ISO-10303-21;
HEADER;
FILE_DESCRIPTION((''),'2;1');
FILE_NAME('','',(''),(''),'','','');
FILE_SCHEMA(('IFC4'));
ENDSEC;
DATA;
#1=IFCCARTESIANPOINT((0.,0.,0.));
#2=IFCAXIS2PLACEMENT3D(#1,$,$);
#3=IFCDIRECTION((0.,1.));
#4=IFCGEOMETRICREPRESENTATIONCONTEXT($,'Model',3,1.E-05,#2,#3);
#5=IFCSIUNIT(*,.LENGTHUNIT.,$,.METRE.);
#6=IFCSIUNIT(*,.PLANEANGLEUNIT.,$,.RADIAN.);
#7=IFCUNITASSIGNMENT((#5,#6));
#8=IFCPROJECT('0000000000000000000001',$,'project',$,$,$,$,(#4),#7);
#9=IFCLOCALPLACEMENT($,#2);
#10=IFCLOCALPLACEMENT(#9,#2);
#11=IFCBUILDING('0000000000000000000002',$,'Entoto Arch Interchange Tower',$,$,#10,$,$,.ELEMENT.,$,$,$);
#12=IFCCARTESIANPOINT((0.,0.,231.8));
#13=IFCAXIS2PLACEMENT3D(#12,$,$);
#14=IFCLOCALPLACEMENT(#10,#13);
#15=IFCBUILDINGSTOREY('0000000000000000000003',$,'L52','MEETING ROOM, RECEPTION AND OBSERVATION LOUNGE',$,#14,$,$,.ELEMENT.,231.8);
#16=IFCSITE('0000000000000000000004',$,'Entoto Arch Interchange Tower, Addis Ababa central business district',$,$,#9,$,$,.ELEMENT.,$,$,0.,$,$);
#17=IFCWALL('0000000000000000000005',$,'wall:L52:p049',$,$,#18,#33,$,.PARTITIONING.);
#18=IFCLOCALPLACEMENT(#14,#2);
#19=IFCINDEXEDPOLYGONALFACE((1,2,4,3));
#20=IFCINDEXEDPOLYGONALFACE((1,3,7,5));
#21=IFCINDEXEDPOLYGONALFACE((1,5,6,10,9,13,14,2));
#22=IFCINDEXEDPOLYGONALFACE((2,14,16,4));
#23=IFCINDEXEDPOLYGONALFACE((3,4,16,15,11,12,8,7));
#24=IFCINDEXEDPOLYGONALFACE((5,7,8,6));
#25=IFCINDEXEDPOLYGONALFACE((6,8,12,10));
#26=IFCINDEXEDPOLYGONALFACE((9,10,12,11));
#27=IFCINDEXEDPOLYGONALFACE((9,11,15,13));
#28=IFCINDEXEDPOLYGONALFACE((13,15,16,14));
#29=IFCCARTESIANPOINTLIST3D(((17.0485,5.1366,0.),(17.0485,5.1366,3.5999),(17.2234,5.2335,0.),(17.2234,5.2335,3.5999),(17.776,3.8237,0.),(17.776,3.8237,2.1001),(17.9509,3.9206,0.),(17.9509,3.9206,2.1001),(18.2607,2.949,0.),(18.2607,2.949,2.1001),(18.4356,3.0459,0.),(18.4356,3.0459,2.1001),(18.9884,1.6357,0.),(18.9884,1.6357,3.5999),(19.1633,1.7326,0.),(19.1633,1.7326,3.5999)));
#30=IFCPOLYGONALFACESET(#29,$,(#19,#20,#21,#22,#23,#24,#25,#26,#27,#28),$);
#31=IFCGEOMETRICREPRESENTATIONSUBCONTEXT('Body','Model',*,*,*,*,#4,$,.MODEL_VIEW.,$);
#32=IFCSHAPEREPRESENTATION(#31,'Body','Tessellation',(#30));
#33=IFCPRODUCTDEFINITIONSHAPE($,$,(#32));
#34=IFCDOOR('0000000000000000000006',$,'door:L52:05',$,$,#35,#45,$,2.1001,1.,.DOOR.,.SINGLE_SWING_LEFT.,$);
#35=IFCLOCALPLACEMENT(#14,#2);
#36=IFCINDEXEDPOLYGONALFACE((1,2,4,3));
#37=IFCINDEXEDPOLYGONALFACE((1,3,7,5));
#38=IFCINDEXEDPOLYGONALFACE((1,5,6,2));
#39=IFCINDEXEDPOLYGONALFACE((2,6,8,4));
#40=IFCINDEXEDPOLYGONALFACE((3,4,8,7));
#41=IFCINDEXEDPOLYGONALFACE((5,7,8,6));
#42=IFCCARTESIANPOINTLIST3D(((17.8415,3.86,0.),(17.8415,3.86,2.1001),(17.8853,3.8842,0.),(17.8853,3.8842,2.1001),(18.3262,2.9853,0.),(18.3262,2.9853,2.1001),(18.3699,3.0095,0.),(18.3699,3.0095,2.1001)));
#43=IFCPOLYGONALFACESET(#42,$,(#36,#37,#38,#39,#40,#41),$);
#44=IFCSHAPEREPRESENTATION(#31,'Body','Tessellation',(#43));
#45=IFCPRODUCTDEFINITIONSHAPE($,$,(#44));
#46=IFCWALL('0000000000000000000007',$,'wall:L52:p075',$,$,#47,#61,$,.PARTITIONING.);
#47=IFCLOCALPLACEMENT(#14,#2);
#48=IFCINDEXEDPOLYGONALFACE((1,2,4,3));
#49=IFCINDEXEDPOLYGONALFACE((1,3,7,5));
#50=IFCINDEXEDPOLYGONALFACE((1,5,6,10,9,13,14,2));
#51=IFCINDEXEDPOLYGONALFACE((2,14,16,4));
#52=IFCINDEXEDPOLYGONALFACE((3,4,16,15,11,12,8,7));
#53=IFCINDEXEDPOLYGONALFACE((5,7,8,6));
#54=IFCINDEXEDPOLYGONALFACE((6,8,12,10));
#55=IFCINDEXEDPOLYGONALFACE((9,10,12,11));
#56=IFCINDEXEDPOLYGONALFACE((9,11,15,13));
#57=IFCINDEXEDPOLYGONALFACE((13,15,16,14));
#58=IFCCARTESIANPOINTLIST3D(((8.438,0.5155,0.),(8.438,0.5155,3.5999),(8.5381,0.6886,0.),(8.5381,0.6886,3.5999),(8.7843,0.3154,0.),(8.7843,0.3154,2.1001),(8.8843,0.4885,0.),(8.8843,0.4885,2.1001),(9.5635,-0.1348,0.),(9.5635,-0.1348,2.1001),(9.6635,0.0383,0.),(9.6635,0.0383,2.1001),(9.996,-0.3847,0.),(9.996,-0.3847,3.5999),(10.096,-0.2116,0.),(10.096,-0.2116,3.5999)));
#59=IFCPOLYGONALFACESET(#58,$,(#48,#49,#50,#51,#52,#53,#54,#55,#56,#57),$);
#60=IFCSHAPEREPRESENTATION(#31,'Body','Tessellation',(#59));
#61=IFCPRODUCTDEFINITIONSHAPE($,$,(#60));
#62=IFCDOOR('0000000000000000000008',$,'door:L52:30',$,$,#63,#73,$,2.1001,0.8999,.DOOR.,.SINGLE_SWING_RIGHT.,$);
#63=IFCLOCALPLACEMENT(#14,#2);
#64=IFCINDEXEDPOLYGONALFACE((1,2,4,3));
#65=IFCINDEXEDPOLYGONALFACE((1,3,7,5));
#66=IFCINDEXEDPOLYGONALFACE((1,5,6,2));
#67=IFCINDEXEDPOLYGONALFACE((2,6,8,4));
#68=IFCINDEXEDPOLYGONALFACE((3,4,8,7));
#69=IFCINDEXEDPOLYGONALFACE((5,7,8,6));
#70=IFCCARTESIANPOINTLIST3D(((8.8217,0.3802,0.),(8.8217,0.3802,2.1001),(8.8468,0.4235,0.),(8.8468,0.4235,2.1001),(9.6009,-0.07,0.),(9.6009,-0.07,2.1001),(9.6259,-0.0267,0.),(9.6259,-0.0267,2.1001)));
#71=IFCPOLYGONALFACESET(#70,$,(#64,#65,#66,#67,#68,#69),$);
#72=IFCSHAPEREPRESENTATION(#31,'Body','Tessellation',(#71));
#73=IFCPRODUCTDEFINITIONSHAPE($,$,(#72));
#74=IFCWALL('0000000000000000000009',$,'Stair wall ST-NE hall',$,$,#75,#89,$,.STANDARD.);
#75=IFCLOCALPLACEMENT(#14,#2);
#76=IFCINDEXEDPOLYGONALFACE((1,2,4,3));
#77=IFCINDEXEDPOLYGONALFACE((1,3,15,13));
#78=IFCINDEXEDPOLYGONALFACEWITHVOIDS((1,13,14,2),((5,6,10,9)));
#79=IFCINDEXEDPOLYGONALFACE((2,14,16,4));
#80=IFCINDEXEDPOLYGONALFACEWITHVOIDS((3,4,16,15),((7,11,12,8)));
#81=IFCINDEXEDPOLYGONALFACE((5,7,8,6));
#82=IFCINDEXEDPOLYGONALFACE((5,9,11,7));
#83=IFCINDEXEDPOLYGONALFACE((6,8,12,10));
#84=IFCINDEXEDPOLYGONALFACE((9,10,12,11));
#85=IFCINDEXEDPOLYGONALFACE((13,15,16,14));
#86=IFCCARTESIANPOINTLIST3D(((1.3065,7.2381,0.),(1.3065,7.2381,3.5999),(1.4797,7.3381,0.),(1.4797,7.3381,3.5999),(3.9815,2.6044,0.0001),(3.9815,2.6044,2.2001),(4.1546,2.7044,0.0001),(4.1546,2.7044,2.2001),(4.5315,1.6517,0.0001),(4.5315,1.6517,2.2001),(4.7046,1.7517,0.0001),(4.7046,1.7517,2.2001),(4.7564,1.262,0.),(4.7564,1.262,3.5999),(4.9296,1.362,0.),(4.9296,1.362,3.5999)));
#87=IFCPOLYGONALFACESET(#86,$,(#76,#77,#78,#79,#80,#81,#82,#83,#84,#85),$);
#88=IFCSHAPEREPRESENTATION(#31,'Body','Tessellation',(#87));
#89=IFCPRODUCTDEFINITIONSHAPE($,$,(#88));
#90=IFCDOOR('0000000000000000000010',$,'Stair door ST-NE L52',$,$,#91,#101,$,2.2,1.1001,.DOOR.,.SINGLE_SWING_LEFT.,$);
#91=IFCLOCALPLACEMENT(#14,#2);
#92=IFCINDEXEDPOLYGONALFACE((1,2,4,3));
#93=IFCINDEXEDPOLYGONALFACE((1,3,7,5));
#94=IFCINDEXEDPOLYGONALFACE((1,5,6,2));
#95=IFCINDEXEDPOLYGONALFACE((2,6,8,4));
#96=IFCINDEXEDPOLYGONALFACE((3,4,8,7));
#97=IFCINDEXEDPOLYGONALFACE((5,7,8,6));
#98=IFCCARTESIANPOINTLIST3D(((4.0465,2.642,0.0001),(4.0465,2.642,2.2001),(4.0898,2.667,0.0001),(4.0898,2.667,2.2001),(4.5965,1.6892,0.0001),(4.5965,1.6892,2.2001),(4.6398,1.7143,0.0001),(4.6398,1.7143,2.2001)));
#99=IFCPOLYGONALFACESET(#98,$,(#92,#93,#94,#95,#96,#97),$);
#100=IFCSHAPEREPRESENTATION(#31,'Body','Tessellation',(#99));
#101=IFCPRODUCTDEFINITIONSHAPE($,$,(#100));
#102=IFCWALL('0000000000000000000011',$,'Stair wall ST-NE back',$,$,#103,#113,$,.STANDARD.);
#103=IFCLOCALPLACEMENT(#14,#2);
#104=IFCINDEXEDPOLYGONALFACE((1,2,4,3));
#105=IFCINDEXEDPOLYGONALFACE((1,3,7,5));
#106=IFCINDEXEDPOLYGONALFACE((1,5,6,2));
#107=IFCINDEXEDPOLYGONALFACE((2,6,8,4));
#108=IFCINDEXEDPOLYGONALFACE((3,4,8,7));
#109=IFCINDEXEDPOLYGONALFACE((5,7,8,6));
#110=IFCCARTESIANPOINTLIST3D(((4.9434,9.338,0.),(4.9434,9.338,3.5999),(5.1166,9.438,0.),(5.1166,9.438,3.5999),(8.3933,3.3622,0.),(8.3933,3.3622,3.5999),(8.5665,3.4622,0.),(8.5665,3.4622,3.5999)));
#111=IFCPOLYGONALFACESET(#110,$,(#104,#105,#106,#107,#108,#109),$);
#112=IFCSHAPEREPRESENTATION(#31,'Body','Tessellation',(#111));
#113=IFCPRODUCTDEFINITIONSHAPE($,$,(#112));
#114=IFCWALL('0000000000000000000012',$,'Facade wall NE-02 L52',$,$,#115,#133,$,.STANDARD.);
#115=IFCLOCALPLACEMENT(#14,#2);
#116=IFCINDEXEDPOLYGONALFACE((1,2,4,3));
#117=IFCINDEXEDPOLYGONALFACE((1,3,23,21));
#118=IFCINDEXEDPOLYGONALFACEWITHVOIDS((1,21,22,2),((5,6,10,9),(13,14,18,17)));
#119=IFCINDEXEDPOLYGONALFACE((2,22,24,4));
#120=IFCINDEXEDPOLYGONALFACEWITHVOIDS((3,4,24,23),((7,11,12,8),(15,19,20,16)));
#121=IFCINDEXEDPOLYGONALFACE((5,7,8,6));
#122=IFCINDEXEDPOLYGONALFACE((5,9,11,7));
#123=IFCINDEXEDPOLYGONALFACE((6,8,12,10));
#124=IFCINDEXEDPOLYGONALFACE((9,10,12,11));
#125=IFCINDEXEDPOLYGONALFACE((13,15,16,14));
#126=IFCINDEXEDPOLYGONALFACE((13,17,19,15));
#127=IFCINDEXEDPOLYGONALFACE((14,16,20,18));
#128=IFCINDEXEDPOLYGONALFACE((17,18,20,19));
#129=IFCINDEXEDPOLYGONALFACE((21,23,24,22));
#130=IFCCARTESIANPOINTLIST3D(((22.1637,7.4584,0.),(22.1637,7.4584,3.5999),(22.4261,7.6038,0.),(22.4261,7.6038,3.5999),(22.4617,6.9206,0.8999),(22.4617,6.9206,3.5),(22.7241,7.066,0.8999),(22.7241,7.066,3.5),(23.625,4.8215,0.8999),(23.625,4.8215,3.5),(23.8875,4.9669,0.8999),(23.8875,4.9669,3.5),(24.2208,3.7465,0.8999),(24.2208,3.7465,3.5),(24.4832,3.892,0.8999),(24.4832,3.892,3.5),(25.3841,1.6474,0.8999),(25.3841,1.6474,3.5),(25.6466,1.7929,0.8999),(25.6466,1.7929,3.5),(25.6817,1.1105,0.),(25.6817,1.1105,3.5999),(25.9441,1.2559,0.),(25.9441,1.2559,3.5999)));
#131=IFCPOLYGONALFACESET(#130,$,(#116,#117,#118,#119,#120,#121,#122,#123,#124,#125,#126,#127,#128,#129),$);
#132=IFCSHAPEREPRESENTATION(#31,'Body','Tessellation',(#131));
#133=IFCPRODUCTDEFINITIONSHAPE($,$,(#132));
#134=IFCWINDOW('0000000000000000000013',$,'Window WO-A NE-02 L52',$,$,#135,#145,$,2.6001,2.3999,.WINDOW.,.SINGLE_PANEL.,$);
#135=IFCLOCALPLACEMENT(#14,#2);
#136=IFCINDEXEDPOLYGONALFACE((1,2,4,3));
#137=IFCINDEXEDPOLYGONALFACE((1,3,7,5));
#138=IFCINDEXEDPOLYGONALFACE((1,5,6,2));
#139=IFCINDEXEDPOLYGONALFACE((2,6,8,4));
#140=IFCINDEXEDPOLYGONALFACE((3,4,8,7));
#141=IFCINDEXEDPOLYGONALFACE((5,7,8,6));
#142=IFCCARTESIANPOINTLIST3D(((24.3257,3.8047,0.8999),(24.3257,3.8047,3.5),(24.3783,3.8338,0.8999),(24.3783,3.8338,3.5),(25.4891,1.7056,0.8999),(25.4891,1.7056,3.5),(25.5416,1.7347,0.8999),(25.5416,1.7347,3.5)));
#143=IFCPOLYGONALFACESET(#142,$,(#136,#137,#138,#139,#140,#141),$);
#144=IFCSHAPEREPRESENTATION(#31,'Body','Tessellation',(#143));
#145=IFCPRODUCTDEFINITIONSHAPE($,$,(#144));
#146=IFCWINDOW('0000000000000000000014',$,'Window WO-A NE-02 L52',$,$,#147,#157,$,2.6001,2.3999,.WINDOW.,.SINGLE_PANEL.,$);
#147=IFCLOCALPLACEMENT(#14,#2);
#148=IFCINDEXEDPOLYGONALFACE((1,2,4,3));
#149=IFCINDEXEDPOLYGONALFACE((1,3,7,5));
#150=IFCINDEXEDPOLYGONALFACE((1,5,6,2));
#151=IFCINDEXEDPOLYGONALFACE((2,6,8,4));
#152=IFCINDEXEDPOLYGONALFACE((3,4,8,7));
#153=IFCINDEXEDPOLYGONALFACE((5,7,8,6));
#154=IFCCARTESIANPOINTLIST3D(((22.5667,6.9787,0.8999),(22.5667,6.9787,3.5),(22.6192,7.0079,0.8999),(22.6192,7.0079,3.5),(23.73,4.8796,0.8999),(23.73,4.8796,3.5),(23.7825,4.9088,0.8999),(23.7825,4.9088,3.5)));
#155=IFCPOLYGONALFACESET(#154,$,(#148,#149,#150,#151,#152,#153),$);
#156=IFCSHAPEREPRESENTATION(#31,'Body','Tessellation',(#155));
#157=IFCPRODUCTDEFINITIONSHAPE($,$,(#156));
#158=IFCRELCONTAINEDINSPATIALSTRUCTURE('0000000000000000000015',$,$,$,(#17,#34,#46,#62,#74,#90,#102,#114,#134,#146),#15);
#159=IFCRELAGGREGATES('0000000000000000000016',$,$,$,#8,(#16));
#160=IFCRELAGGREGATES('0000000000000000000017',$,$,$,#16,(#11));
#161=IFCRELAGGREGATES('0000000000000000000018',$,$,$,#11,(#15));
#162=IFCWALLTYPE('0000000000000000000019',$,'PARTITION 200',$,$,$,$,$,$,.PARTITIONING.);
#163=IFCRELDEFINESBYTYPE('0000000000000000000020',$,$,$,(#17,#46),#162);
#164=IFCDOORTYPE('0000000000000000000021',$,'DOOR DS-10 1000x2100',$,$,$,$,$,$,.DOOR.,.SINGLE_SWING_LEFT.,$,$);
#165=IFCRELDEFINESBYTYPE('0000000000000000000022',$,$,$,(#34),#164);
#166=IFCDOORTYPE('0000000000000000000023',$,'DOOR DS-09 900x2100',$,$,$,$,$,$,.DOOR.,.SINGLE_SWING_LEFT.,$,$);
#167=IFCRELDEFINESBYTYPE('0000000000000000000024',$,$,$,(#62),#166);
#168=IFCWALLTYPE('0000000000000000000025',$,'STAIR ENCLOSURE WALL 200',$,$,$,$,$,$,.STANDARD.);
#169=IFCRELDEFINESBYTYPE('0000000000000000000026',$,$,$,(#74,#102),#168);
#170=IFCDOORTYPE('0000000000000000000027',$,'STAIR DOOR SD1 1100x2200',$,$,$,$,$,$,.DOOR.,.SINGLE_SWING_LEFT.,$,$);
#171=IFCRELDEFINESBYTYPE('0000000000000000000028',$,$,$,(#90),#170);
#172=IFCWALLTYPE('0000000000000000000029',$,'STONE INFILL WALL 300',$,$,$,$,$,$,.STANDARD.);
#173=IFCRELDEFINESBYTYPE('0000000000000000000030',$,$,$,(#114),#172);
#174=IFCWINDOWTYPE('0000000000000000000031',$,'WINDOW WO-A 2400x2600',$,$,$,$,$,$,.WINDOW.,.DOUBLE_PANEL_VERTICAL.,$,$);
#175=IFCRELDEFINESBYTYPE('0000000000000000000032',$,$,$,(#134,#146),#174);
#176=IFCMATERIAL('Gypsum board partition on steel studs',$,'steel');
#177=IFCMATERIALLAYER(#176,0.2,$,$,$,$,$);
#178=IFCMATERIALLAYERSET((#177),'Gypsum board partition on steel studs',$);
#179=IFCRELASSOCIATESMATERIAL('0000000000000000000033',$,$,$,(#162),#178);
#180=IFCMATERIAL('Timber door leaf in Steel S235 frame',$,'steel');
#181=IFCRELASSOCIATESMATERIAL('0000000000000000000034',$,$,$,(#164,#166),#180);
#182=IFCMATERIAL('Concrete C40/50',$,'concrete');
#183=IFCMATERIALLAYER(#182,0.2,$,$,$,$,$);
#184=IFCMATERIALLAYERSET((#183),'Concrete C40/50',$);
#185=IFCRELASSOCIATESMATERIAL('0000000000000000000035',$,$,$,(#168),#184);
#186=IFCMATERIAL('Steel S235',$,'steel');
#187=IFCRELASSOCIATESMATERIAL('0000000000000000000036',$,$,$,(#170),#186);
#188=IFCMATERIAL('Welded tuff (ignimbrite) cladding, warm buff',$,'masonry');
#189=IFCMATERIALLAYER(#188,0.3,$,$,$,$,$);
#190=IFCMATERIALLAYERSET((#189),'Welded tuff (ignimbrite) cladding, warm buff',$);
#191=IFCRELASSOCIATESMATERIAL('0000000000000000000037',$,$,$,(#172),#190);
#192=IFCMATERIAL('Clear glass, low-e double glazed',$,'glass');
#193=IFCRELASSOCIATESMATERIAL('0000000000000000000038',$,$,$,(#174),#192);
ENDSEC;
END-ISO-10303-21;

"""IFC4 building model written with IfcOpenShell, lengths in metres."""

from ifc_helpers import new_model, si_unit, direction, frame, frame_2d, origin, place, context, subcontext, project, spatial, rectangle, extrude, material, layer, layer_set, type_object, element, fill, save


model = new_model("IFC4")

# Units and contexts
model_context = context("Model", 3, precision=1e-05, world=origin(), true_north=direction((0.0, 1.0)))
body_context = subcontext(model_context, "Body", "Model", "MODEL_VIEW")
ifc_project = project(units=[si_unit("LENGTHUNIT", "METRE"), si_unit("PLANEANGLEUNIT", "RADIAN")], contexts=[model_context])

# Site, building, storey
site_placement = place(None, origin())
site = spatial("IfcSite", under=ifc_project, at=site_placement, Name="Entoto Arch Interchange Tower, Addis Ababa central business district", CompositionType="ELEMENT", RefElevation=0.0)
building_placement = place(site_placement, origin())
building = spatial("IfcBuilding", under=site, at=building_placement, Name="Entoto Arch Interchange Tower", CompositionType="ELEMENT")
storey_placement = place(building_placement, frame((0.0, 0.0, 231.8)))
storey = spatial("IfcBuildingStorey", under=building, at=storey_placement, Name="L52", Description="MEETING ROOM, RECEPTION AND OBSERVATION LOUNGE", CompositionType="ELEMENT", Elevation=231.8)

# Shared definitions
ifc_material_1 = material(Name="Concrete C40/50", Category="concrete")
ifc_material_2 = material(Name="Gypsum board partition on steel studs", Category="steel")

# Shared definitions
ifc_layer_1 = layer(ifc_material_2, 0.2)
ifc_layer_set_1 = layer_set([ifc_layer_1], Name="Gypsum board partition on steel studs")
wall_type_1 = type_object("IfcWallType", Name="PARTITION 200", PredefinedType="PARTITIONING", material=ifc_layer_set_1)
ifc_material_3 = material(Name="Timber door leaf in Steel S235 frame", Category="steel")
door_type_1 = type_object("IfcDoorType", Name="DOOR DS-10 1000x2100", OperationType="SINGLE_SWING_LEFT", PredefinedType="DOOR", material=ifc_material_3)

# Walls, openings, doors
wall_1_placement = place(storey_placement, frame((17.136, 5.1851, 0.0), z_axis=(0.0, 0.0, 1.0), x_axis=(0.484679, -0.874692, 0.0)))
wall_1 = element("IfcWall", 1, at=wall_1_placement, inside=storey, type_object=wall_type_1, Name="wall:L52:p049", PredefinedType="PARTITIONING", context=body_context, shape_type="SweptSolid", body=[
    extrude(rectangle(XDim=4.0024, YDim=0.2, at=frame_2d((2.0012, 0.0))), origin(), (0.0, 0.0, 1.0), 3.5999),
])
opening_1_placement = place(wall_1_placement, frame((1.501, 0.0, 0.0)))
opening_1 = element("IfcOpeningElement", 2, at=opening_1_placement, cuts=wall_1, PredefinedType="OPENING", context=body_context, shape_type="SweptSolid", body=[
    extrude(rectangle(XDim=1.0, YDim=2.1001, at=frame_2d((0.5, 1.05))), frame((0.0, 0.1099, 0.0), z_axis=(0.0, -1.0, 0.0), x_axis=(1.0, 0.0, 0.0)), (0.0, 0.0, 1.0), 0.22),
])
door_1_placement = place(opening_1_placement, origin())
door_1 = element("IfcDoor", 3, at=door_1_placement, inside=storey, type_object=door_type_1, Name="door:L52:05", OperationType="SINGLE_SWING_LEFT", OverallHeight=2.1001, OverallWidth=1.0, PredefinedType="DOOR", context=body_context, shape_type="SweptSolid", body=[
    extrude(rectangle(XDim=1.0, YDim=2.1001, at=frame_2d((0.5, 1.05))), frame((0.0, 0.0249, 0.0), z_axis=(0.0, -1.0, 0.0), x_axis=(1.0, 0.0, 0.0)), (0.0, 0.0, 1.0), 0.05),
])
fill(opening_1, door_1)
wall_2_placement = place(storey_placement, frame((8.488, 0.6021, 0.0), z_axis=(0.0, 0.0, 1.0), x_axis=(0.865853, -0.500298, 0.0)))
wall_2 = element("IfcWall", 4, at=wall_2_placement, inside=storey, type_object=wall_type_1, Name="wall:L52:p075", PredefinedType="PARTITIONING", context=body_context, shape_type="SweptSolid", body=[
    extrude(rectangle(XDim=1.7993, YDim=0.2, at=frame_2d((0.8997, 0.0))), origin(), (0.0, 0.0, 1.0), 3.5999),
])
opening_2_placement = place(wall_2_placement, frame((0.3999, 0.0, 0.0)))
opening_2 = element("IfcOpeningElement", 5, at=opening_2_placement, cuts=wall_2, PredefinedType="OPENING", context=body_context, shape_type="SweptSolid", body=[
    extrude(rectangle(XDim=0.8999, YDim=2.1001, at=frame_2d((0.45, 1.05))), frame((0.0, 0.1099, 0.0), z_axis=(0.0, -1.0, 0.0), x_axis=(1.0, 0.0, 0.0)), (0.0, 0.0, 1.0), 0.22),
])
door_type_2 = type_object("IfcDoorType", Name="DOOR DS-09 900x2100", OperationType="SINGLE_SWING_LEFT", PredefinedType="DOOR", material=ifc_material_3)
door_2_placement = place(opening_2_placement, origin())
door_2 = element("IfcDoor", 6, at=door_2_placement, inside=storey, type_object=door_type_2, Name="door:L52:30", OperationType="SINGLE_SWING_RIGHT", OverallHeight=2.1001, OverallWidth=0.8999, PredefinedType="DOOR", context=body_context, shape_type="SweptSolid", body=[
    extrude(rectangle(XDim=0.8999, YDim=2.1001, at=frame_2d((0.45, 1.05))), frame((0.0, 0.0249, 0.0), z_axis=(0.0, -1.0, 0.0), x_axis=(1.0, 0.0, 0.0)), (0.0, 0.0, 1.0), 0.05),
])
fill(opening_2, door_2)
ifc_layer_2 = layer(ifc_material_1, 0.2)
ifc_layer_set_2 = layer_set([ifc_layer_2], Name="Concrete C40/50")
wall_type_2 = type_object("IfcWallType", Name="STAIR ENCLOSURE WALL 200", PredefinedType="STANDARD", material=ifc_layer_set_2)
wall_3_placement = place(storey_placement, frame((4.843, 1.312, 0.0), z_axis=(0.0, 0.0, 1.0), x_axis=(-0.499963, 0.866047, 0.0)))
wall_3 = element("IfcWall", 7, at=wall_3_placement, inside=storey, type_object=wall_type_2, Name="Stair wall ST-NE hall", PredefinedType="STANDARD", context=body_context, shape_type="SweptSolid", body=[
    extrude(rectangle(XDim=6.9004, YDim=0.2, at=frame_2d((3.4502, 0.0))), origin(), (0.0, 0.0, 1.0), 3.5999),
])
opening_3_placement = place(wall_3_placement, frame((0.45, 0.0, 0.0)))
opening_3 = element("IfcOpeningElement", 8, at=opening_3_placement, cuts=wall_3, PredefinedType="OPENING", context=body_context, shape_type="SweptSolid", body=[
    extrude(rectangle(XDim=1.1001, YDim=2.2, at=frame_2d((0.55, 1.1001))), frame((0.0, 0.1099, 0.0), z_axis=(0.0, -1.0, 0.0), x_axis=(1.0, 0.0, 0.0)), (0.0, 0.0, 1.0), 0.22),
])
ifc_material_4 = material(Name="Steel S235", Category="steel")
door_type_3 = type_object("IfcDoorType", Name="STAIR DOOR SD1 1100x2200", OperationType="SINGLE_SWING_LEFT", PredefinedType="DOOR", material=ifc_material_4)
door_3_placement = place(opening_3_placement, origin())
door_3 = element("IfcDoor", 9, at=door_3_placement, inside=storey, type_object=door_type_3, Name="Stair door ST-NE L52", OperationType="SINGLE_SWING_LEFT", OverallHeight=2.2, OverallWidth=1.1001, PredefinedType="DOOR", context=body_context, shape_type="SweptSolid", body=[
    extrude(rectangle(XDim=1.1001, YDim=2.2, at=frame_2d((0.55, 1.1001))), frame((0.0, 0.0249, 0.0), z_axis=(0.0, -1.0, 0.0), x_axis=(1.0, 0.0, 0.0)), (0.0, 0.0, 1.0), 0.05),
])
fill(opening_3, door_3)

# Wall
wall_4_placement = place(storey_placement, frame((8.48, 3.4121, 0.0), z_axis=(0.0, 0.0, 1.0), x_axis=(-0.499979, 0.866038, 0.0)))
element("IfcWall", 10, at=wall_4_placement, inside=storey, type_object=wall_type_2, Name="Stair wall ST-NE back", PredefinedType="STANDARD", context=body_context, shape_type="SweptSolid", body=[
    extrude(rectangle(XDim=6.9001, YDim=0.2, at=frame_2d((3.4502, 0.0))), origin(), (0.0, 0.0, 1.0), 3.5999),
])

# Wall, openings, windows
ifc_material_5 = material(Name="Welded tuff (ignimbrite) cladding, warm buff", Category="masonry")
ifc_layer_3 = layer(ifc_material_5, 0.3)
ifc_layer_set_3 = layer_set([ifc_layer_3], Name="Welded tuff (ignimbrite) cladding, warm buff")
wall_type_3 = type_object("IfcWallType", Name="STONE INFILL WALL 300", PredefinedType="STANDARD", material=ifc_layer_set_3)
wall_5_placement = place(storey_placement, frame((25.813, 1.1831, 0.0), z_axis=(0.0, 0.0, 1.0), x_axis=(-0.484743, 0.874657, 0.0)))
wall_5 = element("IfcWall", 11, at=wall_5_placement, inside=storey, type_object=wall_type_3, Name="Facade wall NE-02 L52", PredefinedType="STANDARD", context=body_context, shape_type="SweptSolid", body=[
    extrude(rectangle(XDim=7.2576, YDim=0.3, at=frame_2d((3.6289, 0.0))), origin(), (0.0, 0.0, 1.0), 3.5999),
])
opening_4_placement = place(wall_5_placement, frame((0.614, 0.0, 0.8999)))
opening_4 = element("IfcOpeningElement", 12, at=opening_4_placement, cuts=wall_5, PredefinedType="OPENING", context=body_context, shape_type="SweptSolid", body=[
    extrude(rectangle(XDim=2.3999, YDim=2.6001, at=frame_2d((1.2, 1.3))), frame((0.0, 0.1602, 0.0), z_axis=(0.0, -1.0, 0.0), x_axis=(1.0, 0.0, 0.0)), (0.0, 0.0, 1.0), 0.3201),
])
opening_5_placement = place(wall_5_placement, frame((4.2429, 0.0, 0.8999)))
opening_5 = element("IfcOpeningElement", 13, at=opening_5_placement, cuts=wall_5, PredefinedType="OPENING", context=body_context, shape_type="SweptSolid", body=[
    extrude(rectangle(XDim=2.3999, YDim=2.6001, at=frame_2d((1.2, 1.3))), frame((0.0, 0.1602, 0.0), z_axis=(0.0, -1.0, 0.0), x_axis=(1.0, 0.0, 0.0)), (0.0, 0.0, 1.0), 0.3201),
])
ifc_material_6 = material(Name="Clear glass, low-e double glazed", Category="glass")
window_type = type_object("IfcWindowType", Name="WINDOW WO-A 2400x2600", PartitioningType="DOUBLE_PANEL_VERTICAL", PredefinedType="WINDOW", material=ifc_material_6)
window_1_placement = place(opening_4_placement, origin())
window_1 = element("IfcWindow", 14, at=window_1_placement, inside=storey, type_object=window_type, Name="Window WO-A NE-02 L52", OverallHeight=2.6001, OverallWidth=2.3999, PartitioningType="SINGLE_PANEL", PredefinedType="WINDOW", context=body_context, shape_type="SweptSolid", body=[
    extrude(rectangle(XDim=2.3999, YDim=2.6001, at=frame_2d((1.2, 1.3))), frame((0.0, 0.03, 0.0), z_axis=(0.0, -1.0, 0.0), x_axis=(1.0, 0.0, 0.0)), (0.0, 0.0, 1.0), 0.0601),
])
fill(opening_4, window_1)
window_2_placement = place(opening_5_placement, origin())
window_2 = element("IfcWindow", 15, at=window_2_placement, inside=storey, type_object=window_type, Name="Window WO-A NE-02 L52", OverallHeight=2.6001, OverallWidth=2.3999, PartitioningType="SINGLE_PANEL", PredefinedType="WINDOW", context=body_context, shape_type="SweptSolid", body=[
    extrude(rectangle(XDim=2.3999, YDim=2.6001, at=frame_2d((1.2, 1.3))), frame((0.0, 0.03, 0.0), z_axis=(0.0, -1.0, 0.0), x_axis=(1.0, 0.0, 0.0)), (0.0, 0.0, 1.0), 0.0601),
])
fill(opening_5, window_2)

save(model, "model.ifc")
